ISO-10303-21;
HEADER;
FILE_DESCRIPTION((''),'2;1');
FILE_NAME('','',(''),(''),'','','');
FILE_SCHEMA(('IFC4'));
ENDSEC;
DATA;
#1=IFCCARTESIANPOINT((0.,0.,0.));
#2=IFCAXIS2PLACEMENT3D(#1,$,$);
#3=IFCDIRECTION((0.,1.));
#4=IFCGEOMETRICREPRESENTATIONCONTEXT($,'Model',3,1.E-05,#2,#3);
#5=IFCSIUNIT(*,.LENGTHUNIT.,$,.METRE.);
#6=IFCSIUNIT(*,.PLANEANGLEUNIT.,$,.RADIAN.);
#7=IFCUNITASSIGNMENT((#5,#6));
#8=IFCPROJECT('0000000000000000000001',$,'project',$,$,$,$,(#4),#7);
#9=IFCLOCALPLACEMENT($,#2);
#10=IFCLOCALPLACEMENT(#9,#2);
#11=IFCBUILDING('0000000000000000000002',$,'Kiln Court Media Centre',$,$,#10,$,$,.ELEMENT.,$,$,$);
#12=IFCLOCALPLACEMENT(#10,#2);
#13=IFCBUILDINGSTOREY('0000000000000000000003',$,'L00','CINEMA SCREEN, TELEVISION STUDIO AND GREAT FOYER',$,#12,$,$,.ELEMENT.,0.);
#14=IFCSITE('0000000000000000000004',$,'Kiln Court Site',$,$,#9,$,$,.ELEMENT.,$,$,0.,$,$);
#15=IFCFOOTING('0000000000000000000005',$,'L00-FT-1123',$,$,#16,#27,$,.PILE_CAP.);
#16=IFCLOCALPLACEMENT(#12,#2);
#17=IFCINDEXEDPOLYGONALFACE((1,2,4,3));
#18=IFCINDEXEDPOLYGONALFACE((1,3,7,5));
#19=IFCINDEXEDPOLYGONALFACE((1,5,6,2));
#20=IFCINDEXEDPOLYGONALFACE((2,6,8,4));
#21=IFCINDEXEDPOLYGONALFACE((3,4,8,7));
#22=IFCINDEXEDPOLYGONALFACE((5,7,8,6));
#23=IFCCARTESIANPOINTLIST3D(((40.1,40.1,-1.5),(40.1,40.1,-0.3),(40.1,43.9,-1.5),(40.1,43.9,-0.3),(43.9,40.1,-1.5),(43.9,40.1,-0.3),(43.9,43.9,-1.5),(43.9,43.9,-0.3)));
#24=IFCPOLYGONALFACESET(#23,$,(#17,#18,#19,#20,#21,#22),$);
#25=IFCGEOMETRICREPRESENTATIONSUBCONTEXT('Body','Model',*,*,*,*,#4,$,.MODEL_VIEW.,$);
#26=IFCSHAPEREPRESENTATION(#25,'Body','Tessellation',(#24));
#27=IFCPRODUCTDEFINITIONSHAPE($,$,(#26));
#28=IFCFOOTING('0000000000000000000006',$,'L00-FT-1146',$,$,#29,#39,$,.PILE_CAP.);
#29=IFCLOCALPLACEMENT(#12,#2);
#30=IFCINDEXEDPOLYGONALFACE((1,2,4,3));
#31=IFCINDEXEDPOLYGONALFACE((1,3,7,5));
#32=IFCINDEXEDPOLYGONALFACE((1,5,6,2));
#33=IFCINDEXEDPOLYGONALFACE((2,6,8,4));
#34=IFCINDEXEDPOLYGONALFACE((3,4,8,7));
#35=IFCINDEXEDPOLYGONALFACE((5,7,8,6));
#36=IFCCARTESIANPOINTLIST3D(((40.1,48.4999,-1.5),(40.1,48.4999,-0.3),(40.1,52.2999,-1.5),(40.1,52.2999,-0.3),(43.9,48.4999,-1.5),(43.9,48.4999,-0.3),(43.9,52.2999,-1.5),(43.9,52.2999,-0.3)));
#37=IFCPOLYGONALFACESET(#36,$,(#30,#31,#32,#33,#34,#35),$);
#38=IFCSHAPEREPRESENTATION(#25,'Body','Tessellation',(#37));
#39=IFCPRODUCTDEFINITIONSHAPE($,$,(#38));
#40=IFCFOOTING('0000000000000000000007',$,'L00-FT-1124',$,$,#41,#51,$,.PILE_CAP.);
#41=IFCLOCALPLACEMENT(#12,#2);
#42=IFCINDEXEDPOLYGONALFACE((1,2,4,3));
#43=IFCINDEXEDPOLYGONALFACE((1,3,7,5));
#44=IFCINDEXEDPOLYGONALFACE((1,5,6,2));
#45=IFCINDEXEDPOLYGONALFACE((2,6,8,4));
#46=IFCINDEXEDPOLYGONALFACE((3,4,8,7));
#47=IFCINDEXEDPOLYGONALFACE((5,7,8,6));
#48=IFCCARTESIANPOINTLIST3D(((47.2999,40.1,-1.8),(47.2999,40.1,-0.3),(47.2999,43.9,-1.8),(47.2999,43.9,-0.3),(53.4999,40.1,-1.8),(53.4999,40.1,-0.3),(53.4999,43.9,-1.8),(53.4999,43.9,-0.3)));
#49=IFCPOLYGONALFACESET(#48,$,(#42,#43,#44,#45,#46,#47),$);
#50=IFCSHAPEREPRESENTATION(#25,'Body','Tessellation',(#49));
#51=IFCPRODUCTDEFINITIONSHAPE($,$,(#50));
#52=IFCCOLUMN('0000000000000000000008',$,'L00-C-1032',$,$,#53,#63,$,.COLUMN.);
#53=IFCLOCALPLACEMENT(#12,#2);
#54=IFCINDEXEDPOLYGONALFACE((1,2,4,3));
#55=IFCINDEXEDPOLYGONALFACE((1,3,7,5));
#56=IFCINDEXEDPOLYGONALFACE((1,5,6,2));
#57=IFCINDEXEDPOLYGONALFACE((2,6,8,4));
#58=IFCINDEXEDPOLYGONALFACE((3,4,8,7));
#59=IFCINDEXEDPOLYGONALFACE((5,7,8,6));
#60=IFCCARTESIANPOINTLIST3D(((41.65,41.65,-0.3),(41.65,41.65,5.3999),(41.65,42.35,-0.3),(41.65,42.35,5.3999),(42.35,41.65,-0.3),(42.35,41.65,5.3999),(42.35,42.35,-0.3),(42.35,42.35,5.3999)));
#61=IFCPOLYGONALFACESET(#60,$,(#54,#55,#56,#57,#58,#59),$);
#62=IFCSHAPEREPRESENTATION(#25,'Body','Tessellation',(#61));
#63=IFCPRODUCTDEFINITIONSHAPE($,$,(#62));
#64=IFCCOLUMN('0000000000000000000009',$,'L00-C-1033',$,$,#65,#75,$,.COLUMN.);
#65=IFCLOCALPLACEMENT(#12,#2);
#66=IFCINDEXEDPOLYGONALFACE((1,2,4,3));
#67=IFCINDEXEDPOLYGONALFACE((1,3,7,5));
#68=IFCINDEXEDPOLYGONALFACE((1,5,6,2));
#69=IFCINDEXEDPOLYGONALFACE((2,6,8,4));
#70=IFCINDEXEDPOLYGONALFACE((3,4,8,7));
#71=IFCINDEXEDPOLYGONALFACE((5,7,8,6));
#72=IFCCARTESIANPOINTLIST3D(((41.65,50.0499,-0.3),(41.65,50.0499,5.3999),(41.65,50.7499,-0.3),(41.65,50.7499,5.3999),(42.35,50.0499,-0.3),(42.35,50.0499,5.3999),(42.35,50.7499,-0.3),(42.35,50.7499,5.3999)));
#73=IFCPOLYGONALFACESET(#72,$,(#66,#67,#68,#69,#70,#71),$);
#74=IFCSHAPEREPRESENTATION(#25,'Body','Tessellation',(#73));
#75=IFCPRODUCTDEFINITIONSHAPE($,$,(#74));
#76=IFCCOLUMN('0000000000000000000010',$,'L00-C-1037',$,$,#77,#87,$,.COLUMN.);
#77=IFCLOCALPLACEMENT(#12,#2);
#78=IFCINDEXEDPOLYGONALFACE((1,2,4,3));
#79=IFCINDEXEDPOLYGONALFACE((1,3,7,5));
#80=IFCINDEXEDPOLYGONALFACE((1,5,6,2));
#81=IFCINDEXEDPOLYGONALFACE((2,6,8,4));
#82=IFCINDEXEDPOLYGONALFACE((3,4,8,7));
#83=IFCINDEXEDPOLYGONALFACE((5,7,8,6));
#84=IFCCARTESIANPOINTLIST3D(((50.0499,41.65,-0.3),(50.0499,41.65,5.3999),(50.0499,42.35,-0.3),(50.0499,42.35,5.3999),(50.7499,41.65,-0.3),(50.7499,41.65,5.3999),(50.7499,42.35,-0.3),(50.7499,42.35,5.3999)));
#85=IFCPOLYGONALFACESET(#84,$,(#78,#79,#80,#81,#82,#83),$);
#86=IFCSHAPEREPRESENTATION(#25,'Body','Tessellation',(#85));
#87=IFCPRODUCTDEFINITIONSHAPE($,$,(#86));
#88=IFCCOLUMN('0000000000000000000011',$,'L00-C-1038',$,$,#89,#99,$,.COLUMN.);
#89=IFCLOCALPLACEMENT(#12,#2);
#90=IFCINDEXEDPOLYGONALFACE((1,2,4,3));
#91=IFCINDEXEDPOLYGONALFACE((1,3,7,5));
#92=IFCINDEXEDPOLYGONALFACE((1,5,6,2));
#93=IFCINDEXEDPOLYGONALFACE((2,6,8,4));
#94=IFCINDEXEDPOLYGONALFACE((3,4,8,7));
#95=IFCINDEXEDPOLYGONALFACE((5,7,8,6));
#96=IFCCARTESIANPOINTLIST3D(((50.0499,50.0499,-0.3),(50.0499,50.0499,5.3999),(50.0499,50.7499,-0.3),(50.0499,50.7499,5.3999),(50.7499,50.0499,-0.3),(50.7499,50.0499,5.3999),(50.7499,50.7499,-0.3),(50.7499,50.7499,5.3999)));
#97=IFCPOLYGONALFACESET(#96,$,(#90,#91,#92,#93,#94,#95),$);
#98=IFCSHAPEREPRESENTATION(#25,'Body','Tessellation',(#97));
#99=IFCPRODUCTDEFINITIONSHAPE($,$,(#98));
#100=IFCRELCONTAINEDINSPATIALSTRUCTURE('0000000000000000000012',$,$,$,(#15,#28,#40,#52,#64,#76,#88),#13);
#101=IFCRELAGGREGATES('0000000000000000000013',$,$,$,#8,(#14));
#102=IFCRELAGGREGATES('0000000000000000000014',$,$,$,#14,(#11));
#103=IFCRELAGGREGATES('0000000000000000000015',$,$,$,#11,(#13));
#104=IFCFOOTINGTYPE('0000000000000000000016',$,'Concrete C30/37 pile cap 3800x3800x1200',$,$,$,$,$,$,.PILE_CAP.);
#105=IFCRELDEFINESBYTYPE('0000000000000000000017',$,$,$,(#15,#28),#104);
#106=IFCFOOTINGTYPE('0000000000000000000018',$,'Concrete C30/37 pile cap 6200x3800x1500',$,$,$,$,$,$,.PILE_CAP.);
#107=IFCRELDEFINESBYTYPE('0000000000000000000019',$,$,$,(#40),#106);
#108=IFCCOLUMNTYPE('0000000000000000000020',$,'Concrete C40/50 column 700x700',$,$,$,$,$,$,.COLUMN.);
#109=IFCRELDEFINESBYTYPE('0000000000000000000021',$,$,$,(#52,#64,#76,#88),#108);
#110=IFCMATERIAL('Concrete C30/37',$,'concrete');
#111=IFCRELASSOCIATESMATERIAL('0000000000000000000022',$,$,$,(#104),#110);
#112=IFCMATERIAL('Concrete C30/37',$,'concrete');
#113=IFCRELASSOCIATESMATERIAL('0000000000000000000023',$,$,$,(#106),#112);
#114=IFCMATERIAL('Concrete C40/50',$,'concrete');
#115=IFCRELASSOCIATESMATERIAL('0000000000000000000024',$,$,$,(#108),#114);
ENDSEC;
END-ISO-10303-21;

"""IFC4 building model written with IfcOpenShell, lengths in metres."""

from ifc_helpers import new_model, si_unit, direction, frame, origin, origin_2d, place, context, subcontext, project, spatial, rectangle, extrude, material, material_profile, profile_set, type_object, element, save


model = new_model("IFC4")

# Units and contexts
model_context = context("Model", 3, precision=1e-05, world=origin(), true_north=direction((0.0, 1.0)))
body_context = subcontext(model_context, "Body", "Model", "MODEL_VIEW")
ifc_project = project(units=[si_unit("LENGTHUNIT", "METRE"), si_unit("PLANEANGLEUNIT", "RADIAN")], contexts=[model_context])

# Site, building, storey
site_placement = place(None, origin())
site = spatial("IfcSite", under=ifc_project, at=site_placement, Name="Kiln Court Site", CompositionType="ELEMENT", RefElevation=0.0)
building_placement = place(site_placement, origin())
building = spatial("IfcBuilding", under=site, at=building_placement, Name="Kiln Court Media Centre", CompositionType="ELEMENT")
storey_placement = place(building_placement, origin())
storey = spatial("IfcBuildingStorey", under=building, at=storey_placement, Name="L00", Description="CINEMA SCREEN, TELEVISION STUDIO AND GREAT FOYER", CompositionType="ELEMENT", Elevation=0.0)

# Footings
ifc_material_1 = material(Name="Concrete C30/37", Category="concrete")
footing_type_1 = type_object("IfcFootingType", Name="Concrete C30/37 pile cap 3800x3800x1200", PredefinedType="PILE_CAP", material=ifc_material_1)
for number, where, z_axis, x_axis, name in (
    (1, (42.0, 42.0, -1.5), (0.0, 0.0, 1.0), (1.0, 0.0, 0.0), "L00-FT-1123"),
    (2, (42.0, 50.3999, -1.5), (0.0, 0.0, 1.0), (1.0, 0.0, 0.0), "L00-FT-1146"),
):
    element("IfcFooting", number, at=place(storey_placement, frame(where, z_axis=z_axis, x_axis=x_axis)), inside=storey, type_object=footing_type_1, Name=name, PredefinedType="PILE_CAP", context=body_context, shape_type="SweptSolid", body=[
        extrude(rectangle(XDim=3.8, YDim=3.8, at=origin_2d()), origin(), (0.0, 0.0, 1.0), 1.2),
    ])
ifc_material_2 = material(Name="Concrete C30/37", Category="concrete")
footing_type_2 = type_object("IfcFootingType", Name="Concrete C30/37 pile cap 6200x3800x1500", PredefinedType="PILE_CAP", material=ifc_material_2)
footing_1_placement = place(storey_placement, frame((50.3999, 42.0, -1.8), z_axis=(0.0, 0.0, 1.0), x_axis=(1.0, 0.0, 0.0)))
element("IfcFooting", 3, at=footing_1_placement, inside=storey, type_object=footing_type_2, Name="L00-FT-1124", PredefinedType="PILE_CAP", context=body_context, shape_type="SweptSolid", body=[
    extrude(rectangle(XDim=6.2, YDim=3.8, at=origin_2d()), origin(), (0.0, 0.0, 1.0), 1.5),
])

# Columns
ifc_material_3 = material(Name="Concrete C40/50", Category="concrete")
ifc_material_profile_1 = material_profile(ifc_material_3, rectangle(XDim=0.7, YDim=0.7, at=origin_2d()), Name="RC 700x700")
ifc_profile_set_1 = profile_set([ifc_material_profile_1], Name="Concrete C40/50")
column_type = type_object("IfcColumnType", Name="Concrete C40/50 column 700x700", PredefinedType="COLUMN", material=ifc_profile_set_1)
for number, where, z_axis, x_axis, name in (
    (4, (42.0, 42.0, -0.3), (0.0, 0.0, 1.0), (1.0, 0.0, 0.0), "L00-C-1032"),
    (5, (42.0, 50.3999, -0.3), (0.0, 0.0, 1.0), (1.0, 0.0, 0.0), "L00-C-1033"),
    (6, (50.3999, 42.0, -0.3), (0.0, 0.0, 1.0), (1.0, 0.0, 0.0), "L00-C-1037"),
    (7, (50.3999, 50.3999, -0.3), (0.0, 0.0, 1.0), (1.0, 0.0, 0.0), "L00-C-1038"),
):
    element("IfcColumn", number, at=place(storey_placement, frame(where, z_axis=z_axis, x_axis=x_axis)), inside=storey, type_object=column_type, Name=name, PredefinedType="COLUMN", context=body_context, shape_type="SweptSolid", body=[
        extrude(rectangle(XDim=0.7, YDim=0.7, at=origin_2d()), origin(), (0.0, 0.0, 1.0), 5.7),
    ])

save(model, "model.ifc")
